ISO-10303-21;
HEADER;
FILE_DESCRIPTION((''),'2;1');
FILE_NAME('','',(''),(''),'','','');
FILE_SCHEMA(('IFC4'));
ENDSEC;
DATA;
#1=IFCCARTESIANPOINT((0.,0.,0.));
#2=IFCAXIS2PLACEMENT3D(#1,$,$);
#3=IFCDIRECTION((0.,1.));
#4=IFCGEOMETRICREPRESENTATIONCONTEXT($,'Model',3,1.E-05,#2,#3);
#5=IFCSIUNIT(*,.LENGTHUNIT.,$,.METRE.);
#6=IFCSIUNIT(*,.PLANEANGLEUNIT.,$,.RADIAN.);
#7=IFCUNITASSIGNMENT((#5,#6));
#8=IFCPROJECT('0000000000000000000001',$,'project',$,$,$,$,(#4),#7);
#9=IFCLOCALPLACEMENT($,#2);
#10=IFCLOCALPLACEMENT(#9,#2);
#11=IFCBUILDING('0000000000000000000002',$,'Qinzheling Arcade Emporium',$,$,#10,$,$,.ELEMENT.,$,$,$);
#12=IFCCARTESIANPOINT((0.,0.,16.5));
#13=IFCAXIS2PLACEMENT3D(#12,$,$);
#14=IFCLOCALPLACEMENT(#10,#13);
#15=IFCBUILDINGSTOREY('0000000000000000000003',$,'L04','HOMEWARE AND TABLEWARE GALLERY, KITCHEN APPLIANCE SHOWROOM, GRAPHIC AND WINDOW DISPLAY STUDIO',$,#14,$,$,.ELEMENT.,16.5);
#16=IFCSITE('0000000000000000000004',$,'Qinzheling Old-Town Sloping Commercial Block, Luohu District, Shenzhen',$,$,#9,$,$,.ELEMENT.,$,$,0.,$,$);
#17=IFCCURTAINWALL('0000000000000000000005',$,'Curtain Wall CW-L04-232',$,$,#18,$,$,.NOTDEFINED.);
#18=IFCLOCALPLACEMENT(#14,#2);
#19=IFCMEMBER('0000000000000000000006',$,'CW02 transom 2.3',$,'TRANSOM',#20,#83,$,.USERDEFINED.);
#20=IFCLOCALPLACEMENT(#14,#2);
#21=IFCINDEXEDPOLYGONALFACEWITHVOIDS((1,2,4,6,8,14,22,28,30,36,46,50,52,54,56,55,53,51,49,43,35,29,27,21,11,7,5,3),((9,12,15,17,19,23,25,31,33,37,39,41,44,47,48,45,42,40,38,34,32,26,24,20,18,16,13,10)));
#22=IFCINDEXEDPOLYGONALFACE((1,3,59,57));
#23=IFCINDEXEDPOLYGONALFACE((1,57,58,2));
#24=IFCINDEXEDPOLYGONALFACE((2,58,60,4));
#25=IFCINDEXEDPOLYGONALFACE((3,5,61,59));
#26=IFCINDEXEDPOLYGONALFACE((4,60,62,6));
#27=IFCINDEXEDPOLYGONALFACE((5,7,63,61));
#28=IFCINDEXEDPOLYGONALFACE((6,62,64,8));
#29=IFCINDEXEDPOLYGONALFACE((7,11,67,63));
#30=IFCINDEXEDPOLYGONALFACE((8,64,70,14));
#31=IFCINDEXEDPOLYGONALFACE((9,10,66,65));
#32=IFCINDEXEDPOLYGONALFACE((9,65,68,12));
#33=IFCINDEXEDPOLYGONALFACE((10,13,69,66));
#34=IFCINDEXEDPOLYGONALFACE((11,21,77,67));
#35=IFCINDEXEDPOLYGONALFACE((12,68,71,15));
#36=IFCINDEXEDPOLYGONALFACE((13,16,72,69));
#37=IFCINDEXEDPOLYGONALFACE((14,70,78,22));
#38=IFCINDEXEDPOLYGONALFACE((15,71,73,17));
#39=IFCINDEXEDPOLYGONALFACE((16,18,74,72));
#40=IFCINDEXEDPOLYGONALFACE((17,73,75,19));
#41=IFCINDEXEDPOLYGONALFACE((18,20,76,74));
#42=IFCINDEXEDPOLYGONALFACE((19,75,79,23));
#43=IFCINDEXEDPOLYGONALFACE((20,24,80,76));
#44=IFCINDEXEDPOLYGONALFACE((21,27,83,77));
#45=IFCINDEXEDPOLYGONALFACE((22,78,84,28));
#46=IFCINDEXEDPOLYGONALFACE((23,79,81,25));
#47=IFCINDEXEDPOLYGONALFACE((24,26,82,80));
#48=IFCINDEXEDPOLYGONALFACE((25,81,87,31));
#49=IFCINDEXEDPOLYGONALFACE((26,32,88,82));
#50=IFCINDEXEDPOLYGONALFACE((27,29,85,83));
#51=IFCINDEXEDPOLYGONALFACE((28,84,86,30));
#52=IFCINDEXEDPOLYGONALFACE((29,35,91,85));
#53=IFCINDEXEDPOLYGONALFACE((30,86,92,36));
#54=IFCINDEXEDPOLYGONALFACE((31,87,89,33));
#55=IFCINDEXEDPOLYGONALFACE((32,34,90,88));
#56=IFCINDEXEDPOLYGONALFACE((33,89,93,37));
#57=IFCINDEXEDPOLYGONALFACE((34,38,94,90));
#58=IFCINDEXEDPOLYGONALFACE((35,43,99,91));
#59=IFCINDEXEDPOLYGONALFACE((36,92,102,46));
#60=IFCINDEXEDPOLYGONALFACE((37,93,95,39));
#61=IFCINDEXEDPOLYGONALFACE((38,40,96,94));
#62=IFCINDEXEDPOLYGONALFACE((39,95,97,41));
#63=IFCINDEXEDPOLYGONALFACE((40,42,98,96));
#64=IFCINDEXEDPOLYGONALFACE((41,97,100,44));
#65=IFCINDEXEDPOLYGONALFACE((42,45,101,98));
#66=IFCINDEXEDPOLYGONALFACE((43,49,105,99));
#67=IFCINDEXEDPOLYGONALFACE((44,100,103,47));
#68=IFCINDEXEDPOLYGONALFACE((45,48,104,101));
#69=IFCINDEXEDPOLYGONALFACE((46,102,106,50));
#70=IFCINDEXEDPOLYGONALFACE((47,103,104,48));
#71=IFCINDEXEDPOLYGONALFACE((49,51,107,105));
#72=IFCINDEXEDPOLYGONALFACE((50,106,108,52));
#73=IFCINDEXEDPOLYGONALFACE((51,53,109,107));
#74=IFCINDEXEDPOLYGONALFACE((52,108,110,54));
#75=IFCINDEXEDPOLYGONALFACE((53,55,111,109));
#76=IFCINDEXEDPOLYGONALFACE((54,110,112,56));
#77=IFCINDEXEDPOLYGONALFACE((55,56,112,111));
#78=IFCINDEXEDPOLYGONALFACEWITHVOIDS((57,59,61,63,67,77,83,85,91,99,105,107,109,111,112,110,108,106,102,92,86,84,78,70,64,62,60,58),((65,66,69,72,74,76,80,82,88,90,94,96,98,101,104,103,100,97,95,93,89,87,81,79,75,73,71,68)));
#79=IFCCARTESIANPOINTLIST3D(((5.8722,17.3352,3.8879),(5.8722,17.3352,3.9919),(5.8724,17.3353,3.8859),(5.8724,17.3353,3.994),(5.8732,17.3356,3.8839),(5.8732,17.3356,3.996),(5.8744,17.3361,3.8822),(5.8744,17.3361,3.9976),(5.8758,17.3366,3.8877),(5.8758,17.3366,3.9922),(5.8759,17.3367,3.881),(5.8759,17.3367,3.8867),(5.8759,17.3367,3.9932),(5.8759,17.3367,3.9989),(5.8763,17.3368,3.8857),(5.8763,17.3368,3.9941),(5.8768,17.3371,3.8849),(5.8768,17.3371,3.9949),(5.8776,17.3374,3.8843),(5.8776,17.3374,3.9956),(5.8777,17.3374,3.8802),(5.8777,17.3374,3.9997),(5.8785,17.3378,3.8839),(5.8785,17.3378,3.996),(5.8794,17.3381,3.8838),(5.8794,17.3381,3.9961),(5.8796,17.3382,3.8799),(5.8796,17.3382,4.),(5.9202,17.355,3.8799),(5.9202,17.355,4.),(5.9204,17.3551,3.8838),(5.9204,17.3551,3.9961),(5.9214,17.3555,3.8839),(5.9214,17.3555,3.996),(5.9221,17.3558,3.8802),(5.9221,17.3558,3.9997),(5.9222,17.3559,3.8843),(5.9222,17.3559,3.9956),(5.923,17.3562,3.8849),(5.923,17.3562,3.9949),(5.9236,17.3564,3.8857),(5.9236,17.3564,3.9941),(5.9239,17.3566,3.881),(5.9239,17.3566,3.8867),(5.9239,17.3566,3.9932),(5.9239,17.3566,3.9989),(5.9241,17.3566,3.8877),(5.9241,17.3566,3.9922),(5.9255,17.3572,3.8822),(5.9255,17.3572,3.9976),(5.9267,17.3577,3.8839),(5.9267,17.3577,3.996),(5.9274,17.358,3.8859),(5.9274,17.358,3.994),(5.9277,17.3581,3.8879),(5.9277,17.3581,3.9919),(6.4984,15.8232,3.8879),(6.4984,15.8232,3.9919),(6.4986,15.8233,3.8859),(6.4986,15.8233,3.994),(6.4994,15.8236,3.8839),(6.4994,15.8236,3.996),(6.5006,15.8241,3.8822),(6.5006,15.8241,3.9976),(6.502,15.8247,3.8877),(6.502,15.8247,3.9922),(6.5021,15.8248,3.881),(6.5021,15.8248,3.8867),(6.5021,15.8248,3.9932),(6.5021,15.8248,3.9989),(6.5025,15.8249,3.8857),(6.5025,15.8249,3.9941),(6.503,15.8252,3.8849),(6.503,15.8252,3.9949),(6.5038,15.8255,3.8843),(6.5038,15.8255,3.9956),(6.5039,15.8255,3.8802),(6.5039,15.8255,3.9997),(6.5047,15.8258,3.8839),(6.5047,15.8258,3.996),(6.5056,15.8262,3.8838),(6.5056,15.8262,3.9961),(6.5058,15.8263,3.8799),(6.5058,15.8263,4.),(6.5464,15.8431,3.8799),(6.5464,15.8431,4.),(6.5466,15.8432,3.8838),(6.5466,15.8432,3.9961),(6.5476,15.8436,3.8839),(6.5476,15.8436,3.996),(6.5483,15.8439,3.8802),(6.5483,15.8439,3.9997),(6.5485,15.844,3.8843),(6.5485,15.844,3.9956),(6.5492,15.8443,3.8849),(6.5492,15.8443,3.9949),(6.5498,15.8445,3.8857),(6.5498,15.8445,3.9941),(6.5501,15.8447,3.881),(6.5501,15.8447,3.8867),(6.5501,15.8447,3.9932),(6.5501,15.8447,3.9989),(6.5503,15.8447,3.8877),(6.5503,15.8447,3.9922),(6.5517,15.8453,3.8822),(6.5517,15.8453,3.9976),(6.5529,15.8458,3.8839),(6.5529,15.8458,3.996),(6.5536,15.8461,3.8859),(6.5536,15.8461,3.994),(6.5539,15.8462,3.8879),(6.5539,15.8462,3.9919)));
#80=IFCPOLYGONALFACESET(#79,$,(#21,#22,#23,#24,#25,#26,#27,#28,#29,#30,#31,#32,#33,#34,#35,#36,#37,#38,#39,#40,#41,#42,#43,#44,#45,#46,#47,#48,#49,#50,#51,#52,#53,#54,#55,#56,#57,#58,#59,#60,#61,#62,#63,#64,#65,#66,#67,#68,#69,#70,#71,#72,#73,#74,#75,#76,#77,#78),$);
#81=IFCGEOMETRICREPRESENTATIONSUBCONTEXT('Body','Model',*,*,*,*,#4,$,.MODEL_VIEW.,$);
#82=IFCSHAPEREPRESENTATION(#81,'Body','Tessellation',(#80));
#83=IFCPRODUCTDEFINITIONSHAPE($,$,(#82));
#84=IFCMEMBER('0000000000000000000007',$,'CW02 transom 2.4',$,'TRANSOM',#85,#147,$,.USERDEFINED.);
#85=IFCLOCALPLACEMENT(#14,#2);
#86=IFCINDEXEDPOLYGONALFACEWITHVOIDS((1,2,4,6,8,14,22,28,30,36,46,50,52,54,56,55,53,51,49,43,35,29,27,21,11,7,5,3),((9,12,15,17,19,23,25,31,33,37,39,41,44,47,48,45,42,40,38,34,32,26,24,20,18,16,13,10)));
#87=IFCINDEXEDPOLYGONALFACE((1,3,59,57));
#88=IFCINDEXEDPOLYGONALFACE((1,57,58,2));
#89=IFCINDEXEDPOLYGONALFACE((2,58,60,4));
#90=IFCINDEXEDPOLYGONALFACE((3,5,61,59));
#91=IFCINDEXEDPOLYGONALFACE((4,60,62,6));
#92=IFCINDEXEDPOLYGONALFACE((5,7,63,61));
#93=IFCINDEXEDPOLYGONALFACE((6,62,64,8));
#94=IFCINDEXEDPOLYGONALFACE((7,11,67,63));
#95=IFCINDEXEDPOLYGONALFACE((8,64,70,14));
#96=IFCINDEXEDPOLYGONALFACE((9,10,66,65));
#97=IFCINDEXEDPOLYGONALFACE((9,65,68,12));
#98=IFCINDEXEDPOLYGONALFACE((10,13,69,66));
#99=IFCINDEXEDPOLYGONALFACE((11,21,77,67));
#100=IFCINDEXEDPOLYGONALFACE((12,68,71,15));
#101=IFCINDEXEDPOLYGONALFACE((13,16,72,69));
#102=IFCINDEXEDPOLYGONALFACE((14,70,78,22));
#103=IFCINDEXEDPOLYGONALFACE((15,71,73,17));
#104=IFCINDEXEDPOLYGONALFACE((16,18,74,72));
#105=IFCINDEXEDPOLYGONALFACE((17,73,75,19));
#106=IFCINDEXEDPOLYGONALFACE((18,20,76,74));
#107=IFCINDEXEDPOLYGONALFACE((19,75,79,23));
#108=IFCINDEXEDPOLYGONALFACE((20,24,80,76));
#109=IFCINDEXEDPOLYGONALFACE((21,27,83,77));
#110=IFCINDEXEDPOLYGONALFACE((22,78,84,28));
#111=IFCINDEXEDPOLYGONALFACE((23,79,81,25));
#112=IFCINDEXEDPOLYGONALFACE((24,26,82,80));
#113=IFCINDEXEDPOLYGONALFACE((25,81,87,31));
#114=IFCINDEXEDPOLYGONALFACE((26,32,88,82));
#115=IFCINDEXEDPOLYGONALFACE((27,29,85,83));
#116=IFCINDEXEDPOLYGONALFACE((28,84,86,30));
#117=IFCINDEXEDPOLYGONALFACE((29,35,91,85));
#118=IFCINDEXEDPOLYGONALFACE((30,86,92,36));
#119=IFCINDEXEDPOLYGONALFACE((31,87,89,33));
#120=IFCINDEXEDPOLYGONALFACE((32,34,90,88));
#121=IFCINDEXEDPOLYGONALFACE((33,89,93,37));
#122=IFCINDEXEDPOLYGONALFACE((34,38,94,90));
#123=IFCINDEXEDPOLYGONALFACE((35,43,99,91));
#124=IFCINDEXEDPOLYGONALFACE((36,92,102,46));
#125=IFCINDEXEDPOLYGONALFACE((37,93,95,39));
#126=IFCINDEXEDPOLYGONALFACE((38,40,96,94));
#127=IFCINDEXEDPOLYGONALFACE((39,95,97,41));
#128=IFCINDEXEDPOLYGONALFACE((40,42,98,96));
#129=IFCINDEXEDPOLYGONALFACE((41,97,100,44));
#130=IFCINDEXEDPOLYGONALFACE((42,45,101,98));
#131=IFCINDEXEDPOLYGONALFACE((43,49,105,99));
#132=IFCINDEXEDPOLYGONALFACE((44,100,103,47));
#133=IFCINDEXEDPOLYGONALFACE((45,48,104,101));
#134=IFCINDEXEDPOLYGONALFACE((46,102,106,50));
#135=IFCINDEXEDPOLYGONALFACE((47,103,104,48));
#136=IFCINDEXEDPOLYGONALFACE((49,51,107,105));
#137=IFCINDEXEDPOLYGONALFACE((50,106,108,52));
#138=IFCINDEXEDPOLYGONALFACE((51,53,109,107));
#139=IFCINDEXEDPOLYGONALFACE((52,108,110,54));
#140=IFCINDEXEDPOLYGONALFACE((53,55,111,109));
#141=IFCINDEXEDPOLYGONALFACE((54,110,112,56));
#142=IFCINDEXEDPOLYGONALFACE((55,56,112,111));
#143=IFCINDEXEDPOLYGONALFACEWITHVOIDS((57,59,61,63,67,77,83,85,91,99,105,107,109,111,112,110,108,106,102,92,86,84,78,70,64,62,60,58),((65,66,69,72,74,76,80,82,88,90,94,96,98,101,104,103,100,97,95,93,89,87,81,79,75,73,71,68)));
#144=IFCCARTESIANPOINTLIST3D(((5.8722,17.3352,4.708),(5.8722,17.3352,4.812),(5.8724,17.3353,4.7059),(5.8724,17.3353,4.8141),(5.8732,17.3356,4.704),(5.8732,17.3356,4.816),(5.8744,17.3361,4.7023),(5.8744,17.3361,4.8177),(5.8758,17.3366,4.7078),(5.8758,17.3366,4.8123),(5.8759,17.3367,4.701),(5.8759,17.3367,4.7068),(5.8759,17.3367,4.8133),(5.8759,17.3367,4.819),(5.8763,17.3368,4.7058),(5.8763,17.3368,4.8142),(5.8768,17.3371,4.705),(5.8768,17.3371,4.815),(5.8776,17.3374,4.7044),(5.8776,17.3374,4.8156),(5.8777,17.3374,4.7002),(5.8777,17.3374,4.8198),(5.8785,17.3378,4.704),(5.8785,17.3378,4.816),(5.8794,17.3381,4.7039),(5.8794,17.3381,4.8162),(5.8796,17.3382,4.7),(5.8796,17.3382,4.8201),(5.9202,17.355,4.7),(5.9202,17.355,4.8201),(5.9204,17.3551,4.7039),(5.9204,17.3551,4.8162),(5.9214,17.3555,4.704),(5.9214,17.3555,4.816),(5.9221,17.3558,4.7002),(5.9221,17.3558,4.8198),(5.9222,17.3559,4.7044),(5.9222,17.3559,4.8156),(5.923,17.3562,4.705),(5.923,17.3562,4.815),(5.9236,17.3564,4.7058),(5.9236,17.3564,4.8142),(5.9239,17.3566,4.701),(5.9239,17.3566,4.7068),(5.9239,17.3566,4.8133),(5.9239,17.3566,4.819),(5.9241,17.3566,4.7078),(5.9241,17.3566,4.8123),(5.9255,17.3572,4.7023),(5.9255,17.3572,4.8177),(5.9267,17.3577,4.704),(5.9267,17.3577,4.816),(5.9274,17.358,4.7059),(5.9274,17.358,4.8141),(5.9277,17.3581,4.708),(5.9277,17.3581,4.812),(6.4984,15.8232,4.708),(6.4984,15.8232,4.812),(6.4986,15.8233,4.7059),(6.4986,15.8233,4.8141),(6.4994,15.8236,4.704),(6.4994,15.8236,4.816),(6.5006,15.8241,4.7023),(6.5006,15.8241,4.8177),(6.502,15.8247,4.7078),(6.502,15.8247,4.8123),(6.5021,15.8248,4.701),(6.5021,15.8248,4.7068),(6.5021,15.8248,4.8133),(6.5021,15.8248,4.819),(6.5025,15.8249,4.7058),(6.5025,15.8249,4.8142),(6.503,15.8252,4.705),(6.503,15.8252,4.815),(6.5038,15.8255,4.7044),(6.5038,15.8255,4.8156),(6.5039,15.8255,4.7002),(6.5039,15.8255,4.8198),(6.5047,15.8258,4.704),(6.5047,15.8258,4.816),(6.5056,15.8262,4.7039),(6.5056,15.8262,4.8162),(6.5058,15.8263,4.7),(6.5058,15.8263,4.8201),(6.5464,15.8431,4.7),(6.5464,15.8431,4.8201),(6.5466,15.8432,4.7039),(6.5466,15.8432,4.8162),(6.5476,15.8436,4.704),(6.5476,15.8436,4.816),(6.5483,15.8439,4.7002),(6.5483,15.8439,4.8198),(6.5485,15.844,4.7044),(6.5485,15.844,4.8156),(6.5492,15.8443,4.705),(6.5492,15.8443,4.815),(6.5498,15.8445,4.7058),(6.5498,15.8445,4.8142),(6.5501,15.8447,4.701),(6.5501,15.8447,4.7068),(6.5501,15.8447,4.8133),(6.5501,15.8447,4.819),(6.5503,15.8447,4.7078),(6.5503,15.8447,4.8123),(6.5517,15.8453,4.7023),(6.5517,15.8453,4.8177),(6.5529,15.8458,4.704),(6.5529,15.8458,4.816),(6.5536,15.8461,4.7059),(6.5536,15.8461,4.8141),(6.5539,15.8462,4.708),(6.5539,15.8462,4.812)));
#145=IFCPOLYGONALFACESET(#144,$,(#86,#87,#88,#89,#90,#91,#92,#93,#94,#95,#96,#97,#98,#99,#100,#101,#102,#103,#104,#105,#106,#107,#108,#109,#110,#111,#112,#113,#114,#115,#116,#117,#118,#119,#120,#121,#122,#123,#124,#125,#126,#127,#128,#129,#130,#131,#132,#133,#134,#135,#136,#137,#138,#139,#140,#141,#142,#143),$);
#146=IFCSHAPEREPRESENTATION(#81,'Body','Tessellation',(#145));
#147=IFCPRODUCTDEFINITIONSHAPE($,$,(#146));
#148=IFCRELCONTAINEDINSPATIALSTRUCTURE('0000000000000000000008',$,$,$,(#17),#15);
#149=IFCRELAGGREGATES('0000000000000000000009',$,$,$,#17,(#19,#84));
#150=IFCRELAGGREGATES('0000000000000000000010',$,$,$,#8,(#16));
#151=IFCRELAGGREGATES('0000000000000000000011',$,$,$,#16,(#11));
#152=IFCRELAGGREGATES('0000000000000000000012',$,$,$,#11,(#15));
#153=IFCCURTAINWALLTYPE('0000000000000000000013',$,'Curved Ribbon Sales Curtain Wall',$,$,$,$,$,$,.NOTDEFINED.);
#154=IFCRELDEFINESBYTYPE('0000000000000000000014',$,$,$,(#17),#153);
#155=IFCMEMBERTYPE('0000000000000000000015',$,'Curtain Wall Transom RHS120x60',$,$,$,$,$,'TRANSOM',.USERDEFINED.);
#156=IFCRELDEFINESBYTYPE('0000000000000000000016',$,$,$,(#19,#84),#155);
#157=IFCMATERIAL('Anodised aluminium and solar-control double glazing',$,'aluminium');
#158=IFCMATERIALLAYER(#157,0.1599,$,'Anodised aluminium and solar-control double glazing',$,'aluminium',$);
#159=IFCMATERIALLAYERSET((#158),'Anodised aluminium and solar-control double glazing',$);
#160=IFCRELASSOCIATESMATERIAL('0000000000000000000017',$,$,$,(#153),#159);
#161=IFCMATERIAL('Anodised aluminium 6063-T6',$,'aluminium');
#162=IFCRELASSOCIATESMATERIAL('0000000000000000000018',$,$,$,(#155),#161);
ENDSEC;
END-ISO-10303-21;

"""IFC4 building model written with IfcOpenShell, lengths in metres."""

from ifc_helpers import new_model, si_unit, direction, frame, origin, origin_2d, place, context, subcontext, project, spatial, hollow_rectangle, extrude, material, layer, layer_set, material_profile, profile_set, type_object, element, aggregate, save


model = new_model("IFC4")

# Units and contexts
model_context = context("Model", 3, precision=1e-05, world=origin(), true_north=direction((0.0, 1.0)))
body_context = subcontext(model_context, "Body", "Model", "MODEL_VIEW")
ifc_project = project(units=[si_unit("LENGTHUNIT", "METRE"), si_unit("PLANEANGLEUNIT", "RADIAN")], contexts=[model_context])

# Site, building, storey
site_placement = place(None, origin())
site = spatial("IfcSite", under=ifc_project, at=site_placement, Name="Qinzheling Old-Town Sloping Commercial Block, Luohu District, Shenzhen", CompositionType="ELEMENT", RefElevation=0.0)
building_placement = place(site_placement, origin())
building = spatial("IfcBuilding", under=site, at=building_placement, Name="Qinzheling Arcade Emporium", CompositionType="ELEMENT")
storey_placement = place(building_placement, frame((0.0, 0.0, 16.5)))
storey = spatial("IfcBuildingStorey", under=building, at=storey_placement, Name="L04", Description="HOMEWARE AND TABLEWARE GALLERY, KITCHEN APPLIANCE SHOWROOM, GRAPHIC AND WINDOW DISPLAY STUDIO", CompositionType="ELEMENT", Elevation=16.5)

# Curtain wall
ifc_material_1 = material(Name="Anodised aluminium and solar-control double glazing", Category="aluminium")
ifc_layer_1 = layer(ifc_material_1, 0.1599, Name="Anodised aluminium and solar-control double glazing", Category="aluminium")
ifc_layer_set_1 = layer_set([ifc_layer_1], Name="Anodised aluminium and solar-control double glazing")
curtain_wall_type = type_object("IfcCurtainWallType", Name="Curved Ribbon Sales Curtain Wall", PredefinedType="NOTDEFINED", material=ifc_layer_set_1)
ifc_material_2 = material(Name="Anodised aluminium 6063-T6", Category="aluminium")
curtain_wall_1_placement = place(storey_placement, origin())
curtain_wall_1 = element("IfcCurtainWall", 1, at=curtain_wall_1_placement, inside=storey, type_object=curtain_wall_type, Name="Curtain Wall CW-L04-232", PredefinedType="NOTDEFINED")

# Members
ifc_material_profile_1 = material_profile(ifc_material_2, hollow_rectangle(XDim=0.0601, YDim=0.1201, WallThickness=0.0039, InnerFilletRadius=0.0039, OuterFilletRadius=0.0081, at=origin_2d()), Name="RHS 120x60x4", Category="aluminium")
ifc_profile_set_1 = profile_set([ifc_material_profile_1], Name="Anodised aluminium 6063-T6")
member_type_1 = type_object("IfcMemberType", Name="Curtain Wall Transom RHS120x60", ElementType="TRANSOM", PredefinedType="USERDEFINED", material=ifc_profile_set_1)
member_1_placement = place(storey_placement, frame((6.5261, 15.8347, 3.9399), z_axis=(-0.382655, 0.923891, 0.0), x_axis=(-0.923891, -0.382655, 0.0)))
member_1 = element("IfcMember", 2, at=member_1_placement, type_object=member_type_1, Name="CW02 transom 2.3", ObjectType="TRANSOM", PredefinedType="USERDEFINED", context=body_context, shape_type="SweptSolid", body=[
    extrude(hollow_rectangle(XDim=0.0601, YDim=0.1201, WallThickness=0.0039, InnerFilletRadius=0.0039, OuterFilletRadius=0.0081, at=origin_2d()), origin(), (0.0, 0.0, 1.0), 1.6365),
])
member_2_placement = place(storey_placement, frame((6.5261, 15.8347, 4.76), z_axis=(-0.382655, 0.923891, 0.0), x_axis=(-0.923891, -0.382655, 0.0)))
member_2 = element("IfcMember", 3, at=member_2_placement, type_object=member_type_1, Name="CW02 transom 2.4", ObjectType="TRANSOM", PredefinedType="USERDEFINED", context=body_context, shape_type="SweptSolid", body=[
    extrude(hollow_rectangle(XDim=0.0601, YDim=0.1201, WallThickness=0.0039, InnerFilletRadius=0.0039, OuterFilletRadius=0.0081, at=origin_2d()), origin(), (0.0, 0.0, 1.0), 1.6365),
])

aggregate(curtain_wall_1, [member_1, member_2])

save(model, "model.ifc")
